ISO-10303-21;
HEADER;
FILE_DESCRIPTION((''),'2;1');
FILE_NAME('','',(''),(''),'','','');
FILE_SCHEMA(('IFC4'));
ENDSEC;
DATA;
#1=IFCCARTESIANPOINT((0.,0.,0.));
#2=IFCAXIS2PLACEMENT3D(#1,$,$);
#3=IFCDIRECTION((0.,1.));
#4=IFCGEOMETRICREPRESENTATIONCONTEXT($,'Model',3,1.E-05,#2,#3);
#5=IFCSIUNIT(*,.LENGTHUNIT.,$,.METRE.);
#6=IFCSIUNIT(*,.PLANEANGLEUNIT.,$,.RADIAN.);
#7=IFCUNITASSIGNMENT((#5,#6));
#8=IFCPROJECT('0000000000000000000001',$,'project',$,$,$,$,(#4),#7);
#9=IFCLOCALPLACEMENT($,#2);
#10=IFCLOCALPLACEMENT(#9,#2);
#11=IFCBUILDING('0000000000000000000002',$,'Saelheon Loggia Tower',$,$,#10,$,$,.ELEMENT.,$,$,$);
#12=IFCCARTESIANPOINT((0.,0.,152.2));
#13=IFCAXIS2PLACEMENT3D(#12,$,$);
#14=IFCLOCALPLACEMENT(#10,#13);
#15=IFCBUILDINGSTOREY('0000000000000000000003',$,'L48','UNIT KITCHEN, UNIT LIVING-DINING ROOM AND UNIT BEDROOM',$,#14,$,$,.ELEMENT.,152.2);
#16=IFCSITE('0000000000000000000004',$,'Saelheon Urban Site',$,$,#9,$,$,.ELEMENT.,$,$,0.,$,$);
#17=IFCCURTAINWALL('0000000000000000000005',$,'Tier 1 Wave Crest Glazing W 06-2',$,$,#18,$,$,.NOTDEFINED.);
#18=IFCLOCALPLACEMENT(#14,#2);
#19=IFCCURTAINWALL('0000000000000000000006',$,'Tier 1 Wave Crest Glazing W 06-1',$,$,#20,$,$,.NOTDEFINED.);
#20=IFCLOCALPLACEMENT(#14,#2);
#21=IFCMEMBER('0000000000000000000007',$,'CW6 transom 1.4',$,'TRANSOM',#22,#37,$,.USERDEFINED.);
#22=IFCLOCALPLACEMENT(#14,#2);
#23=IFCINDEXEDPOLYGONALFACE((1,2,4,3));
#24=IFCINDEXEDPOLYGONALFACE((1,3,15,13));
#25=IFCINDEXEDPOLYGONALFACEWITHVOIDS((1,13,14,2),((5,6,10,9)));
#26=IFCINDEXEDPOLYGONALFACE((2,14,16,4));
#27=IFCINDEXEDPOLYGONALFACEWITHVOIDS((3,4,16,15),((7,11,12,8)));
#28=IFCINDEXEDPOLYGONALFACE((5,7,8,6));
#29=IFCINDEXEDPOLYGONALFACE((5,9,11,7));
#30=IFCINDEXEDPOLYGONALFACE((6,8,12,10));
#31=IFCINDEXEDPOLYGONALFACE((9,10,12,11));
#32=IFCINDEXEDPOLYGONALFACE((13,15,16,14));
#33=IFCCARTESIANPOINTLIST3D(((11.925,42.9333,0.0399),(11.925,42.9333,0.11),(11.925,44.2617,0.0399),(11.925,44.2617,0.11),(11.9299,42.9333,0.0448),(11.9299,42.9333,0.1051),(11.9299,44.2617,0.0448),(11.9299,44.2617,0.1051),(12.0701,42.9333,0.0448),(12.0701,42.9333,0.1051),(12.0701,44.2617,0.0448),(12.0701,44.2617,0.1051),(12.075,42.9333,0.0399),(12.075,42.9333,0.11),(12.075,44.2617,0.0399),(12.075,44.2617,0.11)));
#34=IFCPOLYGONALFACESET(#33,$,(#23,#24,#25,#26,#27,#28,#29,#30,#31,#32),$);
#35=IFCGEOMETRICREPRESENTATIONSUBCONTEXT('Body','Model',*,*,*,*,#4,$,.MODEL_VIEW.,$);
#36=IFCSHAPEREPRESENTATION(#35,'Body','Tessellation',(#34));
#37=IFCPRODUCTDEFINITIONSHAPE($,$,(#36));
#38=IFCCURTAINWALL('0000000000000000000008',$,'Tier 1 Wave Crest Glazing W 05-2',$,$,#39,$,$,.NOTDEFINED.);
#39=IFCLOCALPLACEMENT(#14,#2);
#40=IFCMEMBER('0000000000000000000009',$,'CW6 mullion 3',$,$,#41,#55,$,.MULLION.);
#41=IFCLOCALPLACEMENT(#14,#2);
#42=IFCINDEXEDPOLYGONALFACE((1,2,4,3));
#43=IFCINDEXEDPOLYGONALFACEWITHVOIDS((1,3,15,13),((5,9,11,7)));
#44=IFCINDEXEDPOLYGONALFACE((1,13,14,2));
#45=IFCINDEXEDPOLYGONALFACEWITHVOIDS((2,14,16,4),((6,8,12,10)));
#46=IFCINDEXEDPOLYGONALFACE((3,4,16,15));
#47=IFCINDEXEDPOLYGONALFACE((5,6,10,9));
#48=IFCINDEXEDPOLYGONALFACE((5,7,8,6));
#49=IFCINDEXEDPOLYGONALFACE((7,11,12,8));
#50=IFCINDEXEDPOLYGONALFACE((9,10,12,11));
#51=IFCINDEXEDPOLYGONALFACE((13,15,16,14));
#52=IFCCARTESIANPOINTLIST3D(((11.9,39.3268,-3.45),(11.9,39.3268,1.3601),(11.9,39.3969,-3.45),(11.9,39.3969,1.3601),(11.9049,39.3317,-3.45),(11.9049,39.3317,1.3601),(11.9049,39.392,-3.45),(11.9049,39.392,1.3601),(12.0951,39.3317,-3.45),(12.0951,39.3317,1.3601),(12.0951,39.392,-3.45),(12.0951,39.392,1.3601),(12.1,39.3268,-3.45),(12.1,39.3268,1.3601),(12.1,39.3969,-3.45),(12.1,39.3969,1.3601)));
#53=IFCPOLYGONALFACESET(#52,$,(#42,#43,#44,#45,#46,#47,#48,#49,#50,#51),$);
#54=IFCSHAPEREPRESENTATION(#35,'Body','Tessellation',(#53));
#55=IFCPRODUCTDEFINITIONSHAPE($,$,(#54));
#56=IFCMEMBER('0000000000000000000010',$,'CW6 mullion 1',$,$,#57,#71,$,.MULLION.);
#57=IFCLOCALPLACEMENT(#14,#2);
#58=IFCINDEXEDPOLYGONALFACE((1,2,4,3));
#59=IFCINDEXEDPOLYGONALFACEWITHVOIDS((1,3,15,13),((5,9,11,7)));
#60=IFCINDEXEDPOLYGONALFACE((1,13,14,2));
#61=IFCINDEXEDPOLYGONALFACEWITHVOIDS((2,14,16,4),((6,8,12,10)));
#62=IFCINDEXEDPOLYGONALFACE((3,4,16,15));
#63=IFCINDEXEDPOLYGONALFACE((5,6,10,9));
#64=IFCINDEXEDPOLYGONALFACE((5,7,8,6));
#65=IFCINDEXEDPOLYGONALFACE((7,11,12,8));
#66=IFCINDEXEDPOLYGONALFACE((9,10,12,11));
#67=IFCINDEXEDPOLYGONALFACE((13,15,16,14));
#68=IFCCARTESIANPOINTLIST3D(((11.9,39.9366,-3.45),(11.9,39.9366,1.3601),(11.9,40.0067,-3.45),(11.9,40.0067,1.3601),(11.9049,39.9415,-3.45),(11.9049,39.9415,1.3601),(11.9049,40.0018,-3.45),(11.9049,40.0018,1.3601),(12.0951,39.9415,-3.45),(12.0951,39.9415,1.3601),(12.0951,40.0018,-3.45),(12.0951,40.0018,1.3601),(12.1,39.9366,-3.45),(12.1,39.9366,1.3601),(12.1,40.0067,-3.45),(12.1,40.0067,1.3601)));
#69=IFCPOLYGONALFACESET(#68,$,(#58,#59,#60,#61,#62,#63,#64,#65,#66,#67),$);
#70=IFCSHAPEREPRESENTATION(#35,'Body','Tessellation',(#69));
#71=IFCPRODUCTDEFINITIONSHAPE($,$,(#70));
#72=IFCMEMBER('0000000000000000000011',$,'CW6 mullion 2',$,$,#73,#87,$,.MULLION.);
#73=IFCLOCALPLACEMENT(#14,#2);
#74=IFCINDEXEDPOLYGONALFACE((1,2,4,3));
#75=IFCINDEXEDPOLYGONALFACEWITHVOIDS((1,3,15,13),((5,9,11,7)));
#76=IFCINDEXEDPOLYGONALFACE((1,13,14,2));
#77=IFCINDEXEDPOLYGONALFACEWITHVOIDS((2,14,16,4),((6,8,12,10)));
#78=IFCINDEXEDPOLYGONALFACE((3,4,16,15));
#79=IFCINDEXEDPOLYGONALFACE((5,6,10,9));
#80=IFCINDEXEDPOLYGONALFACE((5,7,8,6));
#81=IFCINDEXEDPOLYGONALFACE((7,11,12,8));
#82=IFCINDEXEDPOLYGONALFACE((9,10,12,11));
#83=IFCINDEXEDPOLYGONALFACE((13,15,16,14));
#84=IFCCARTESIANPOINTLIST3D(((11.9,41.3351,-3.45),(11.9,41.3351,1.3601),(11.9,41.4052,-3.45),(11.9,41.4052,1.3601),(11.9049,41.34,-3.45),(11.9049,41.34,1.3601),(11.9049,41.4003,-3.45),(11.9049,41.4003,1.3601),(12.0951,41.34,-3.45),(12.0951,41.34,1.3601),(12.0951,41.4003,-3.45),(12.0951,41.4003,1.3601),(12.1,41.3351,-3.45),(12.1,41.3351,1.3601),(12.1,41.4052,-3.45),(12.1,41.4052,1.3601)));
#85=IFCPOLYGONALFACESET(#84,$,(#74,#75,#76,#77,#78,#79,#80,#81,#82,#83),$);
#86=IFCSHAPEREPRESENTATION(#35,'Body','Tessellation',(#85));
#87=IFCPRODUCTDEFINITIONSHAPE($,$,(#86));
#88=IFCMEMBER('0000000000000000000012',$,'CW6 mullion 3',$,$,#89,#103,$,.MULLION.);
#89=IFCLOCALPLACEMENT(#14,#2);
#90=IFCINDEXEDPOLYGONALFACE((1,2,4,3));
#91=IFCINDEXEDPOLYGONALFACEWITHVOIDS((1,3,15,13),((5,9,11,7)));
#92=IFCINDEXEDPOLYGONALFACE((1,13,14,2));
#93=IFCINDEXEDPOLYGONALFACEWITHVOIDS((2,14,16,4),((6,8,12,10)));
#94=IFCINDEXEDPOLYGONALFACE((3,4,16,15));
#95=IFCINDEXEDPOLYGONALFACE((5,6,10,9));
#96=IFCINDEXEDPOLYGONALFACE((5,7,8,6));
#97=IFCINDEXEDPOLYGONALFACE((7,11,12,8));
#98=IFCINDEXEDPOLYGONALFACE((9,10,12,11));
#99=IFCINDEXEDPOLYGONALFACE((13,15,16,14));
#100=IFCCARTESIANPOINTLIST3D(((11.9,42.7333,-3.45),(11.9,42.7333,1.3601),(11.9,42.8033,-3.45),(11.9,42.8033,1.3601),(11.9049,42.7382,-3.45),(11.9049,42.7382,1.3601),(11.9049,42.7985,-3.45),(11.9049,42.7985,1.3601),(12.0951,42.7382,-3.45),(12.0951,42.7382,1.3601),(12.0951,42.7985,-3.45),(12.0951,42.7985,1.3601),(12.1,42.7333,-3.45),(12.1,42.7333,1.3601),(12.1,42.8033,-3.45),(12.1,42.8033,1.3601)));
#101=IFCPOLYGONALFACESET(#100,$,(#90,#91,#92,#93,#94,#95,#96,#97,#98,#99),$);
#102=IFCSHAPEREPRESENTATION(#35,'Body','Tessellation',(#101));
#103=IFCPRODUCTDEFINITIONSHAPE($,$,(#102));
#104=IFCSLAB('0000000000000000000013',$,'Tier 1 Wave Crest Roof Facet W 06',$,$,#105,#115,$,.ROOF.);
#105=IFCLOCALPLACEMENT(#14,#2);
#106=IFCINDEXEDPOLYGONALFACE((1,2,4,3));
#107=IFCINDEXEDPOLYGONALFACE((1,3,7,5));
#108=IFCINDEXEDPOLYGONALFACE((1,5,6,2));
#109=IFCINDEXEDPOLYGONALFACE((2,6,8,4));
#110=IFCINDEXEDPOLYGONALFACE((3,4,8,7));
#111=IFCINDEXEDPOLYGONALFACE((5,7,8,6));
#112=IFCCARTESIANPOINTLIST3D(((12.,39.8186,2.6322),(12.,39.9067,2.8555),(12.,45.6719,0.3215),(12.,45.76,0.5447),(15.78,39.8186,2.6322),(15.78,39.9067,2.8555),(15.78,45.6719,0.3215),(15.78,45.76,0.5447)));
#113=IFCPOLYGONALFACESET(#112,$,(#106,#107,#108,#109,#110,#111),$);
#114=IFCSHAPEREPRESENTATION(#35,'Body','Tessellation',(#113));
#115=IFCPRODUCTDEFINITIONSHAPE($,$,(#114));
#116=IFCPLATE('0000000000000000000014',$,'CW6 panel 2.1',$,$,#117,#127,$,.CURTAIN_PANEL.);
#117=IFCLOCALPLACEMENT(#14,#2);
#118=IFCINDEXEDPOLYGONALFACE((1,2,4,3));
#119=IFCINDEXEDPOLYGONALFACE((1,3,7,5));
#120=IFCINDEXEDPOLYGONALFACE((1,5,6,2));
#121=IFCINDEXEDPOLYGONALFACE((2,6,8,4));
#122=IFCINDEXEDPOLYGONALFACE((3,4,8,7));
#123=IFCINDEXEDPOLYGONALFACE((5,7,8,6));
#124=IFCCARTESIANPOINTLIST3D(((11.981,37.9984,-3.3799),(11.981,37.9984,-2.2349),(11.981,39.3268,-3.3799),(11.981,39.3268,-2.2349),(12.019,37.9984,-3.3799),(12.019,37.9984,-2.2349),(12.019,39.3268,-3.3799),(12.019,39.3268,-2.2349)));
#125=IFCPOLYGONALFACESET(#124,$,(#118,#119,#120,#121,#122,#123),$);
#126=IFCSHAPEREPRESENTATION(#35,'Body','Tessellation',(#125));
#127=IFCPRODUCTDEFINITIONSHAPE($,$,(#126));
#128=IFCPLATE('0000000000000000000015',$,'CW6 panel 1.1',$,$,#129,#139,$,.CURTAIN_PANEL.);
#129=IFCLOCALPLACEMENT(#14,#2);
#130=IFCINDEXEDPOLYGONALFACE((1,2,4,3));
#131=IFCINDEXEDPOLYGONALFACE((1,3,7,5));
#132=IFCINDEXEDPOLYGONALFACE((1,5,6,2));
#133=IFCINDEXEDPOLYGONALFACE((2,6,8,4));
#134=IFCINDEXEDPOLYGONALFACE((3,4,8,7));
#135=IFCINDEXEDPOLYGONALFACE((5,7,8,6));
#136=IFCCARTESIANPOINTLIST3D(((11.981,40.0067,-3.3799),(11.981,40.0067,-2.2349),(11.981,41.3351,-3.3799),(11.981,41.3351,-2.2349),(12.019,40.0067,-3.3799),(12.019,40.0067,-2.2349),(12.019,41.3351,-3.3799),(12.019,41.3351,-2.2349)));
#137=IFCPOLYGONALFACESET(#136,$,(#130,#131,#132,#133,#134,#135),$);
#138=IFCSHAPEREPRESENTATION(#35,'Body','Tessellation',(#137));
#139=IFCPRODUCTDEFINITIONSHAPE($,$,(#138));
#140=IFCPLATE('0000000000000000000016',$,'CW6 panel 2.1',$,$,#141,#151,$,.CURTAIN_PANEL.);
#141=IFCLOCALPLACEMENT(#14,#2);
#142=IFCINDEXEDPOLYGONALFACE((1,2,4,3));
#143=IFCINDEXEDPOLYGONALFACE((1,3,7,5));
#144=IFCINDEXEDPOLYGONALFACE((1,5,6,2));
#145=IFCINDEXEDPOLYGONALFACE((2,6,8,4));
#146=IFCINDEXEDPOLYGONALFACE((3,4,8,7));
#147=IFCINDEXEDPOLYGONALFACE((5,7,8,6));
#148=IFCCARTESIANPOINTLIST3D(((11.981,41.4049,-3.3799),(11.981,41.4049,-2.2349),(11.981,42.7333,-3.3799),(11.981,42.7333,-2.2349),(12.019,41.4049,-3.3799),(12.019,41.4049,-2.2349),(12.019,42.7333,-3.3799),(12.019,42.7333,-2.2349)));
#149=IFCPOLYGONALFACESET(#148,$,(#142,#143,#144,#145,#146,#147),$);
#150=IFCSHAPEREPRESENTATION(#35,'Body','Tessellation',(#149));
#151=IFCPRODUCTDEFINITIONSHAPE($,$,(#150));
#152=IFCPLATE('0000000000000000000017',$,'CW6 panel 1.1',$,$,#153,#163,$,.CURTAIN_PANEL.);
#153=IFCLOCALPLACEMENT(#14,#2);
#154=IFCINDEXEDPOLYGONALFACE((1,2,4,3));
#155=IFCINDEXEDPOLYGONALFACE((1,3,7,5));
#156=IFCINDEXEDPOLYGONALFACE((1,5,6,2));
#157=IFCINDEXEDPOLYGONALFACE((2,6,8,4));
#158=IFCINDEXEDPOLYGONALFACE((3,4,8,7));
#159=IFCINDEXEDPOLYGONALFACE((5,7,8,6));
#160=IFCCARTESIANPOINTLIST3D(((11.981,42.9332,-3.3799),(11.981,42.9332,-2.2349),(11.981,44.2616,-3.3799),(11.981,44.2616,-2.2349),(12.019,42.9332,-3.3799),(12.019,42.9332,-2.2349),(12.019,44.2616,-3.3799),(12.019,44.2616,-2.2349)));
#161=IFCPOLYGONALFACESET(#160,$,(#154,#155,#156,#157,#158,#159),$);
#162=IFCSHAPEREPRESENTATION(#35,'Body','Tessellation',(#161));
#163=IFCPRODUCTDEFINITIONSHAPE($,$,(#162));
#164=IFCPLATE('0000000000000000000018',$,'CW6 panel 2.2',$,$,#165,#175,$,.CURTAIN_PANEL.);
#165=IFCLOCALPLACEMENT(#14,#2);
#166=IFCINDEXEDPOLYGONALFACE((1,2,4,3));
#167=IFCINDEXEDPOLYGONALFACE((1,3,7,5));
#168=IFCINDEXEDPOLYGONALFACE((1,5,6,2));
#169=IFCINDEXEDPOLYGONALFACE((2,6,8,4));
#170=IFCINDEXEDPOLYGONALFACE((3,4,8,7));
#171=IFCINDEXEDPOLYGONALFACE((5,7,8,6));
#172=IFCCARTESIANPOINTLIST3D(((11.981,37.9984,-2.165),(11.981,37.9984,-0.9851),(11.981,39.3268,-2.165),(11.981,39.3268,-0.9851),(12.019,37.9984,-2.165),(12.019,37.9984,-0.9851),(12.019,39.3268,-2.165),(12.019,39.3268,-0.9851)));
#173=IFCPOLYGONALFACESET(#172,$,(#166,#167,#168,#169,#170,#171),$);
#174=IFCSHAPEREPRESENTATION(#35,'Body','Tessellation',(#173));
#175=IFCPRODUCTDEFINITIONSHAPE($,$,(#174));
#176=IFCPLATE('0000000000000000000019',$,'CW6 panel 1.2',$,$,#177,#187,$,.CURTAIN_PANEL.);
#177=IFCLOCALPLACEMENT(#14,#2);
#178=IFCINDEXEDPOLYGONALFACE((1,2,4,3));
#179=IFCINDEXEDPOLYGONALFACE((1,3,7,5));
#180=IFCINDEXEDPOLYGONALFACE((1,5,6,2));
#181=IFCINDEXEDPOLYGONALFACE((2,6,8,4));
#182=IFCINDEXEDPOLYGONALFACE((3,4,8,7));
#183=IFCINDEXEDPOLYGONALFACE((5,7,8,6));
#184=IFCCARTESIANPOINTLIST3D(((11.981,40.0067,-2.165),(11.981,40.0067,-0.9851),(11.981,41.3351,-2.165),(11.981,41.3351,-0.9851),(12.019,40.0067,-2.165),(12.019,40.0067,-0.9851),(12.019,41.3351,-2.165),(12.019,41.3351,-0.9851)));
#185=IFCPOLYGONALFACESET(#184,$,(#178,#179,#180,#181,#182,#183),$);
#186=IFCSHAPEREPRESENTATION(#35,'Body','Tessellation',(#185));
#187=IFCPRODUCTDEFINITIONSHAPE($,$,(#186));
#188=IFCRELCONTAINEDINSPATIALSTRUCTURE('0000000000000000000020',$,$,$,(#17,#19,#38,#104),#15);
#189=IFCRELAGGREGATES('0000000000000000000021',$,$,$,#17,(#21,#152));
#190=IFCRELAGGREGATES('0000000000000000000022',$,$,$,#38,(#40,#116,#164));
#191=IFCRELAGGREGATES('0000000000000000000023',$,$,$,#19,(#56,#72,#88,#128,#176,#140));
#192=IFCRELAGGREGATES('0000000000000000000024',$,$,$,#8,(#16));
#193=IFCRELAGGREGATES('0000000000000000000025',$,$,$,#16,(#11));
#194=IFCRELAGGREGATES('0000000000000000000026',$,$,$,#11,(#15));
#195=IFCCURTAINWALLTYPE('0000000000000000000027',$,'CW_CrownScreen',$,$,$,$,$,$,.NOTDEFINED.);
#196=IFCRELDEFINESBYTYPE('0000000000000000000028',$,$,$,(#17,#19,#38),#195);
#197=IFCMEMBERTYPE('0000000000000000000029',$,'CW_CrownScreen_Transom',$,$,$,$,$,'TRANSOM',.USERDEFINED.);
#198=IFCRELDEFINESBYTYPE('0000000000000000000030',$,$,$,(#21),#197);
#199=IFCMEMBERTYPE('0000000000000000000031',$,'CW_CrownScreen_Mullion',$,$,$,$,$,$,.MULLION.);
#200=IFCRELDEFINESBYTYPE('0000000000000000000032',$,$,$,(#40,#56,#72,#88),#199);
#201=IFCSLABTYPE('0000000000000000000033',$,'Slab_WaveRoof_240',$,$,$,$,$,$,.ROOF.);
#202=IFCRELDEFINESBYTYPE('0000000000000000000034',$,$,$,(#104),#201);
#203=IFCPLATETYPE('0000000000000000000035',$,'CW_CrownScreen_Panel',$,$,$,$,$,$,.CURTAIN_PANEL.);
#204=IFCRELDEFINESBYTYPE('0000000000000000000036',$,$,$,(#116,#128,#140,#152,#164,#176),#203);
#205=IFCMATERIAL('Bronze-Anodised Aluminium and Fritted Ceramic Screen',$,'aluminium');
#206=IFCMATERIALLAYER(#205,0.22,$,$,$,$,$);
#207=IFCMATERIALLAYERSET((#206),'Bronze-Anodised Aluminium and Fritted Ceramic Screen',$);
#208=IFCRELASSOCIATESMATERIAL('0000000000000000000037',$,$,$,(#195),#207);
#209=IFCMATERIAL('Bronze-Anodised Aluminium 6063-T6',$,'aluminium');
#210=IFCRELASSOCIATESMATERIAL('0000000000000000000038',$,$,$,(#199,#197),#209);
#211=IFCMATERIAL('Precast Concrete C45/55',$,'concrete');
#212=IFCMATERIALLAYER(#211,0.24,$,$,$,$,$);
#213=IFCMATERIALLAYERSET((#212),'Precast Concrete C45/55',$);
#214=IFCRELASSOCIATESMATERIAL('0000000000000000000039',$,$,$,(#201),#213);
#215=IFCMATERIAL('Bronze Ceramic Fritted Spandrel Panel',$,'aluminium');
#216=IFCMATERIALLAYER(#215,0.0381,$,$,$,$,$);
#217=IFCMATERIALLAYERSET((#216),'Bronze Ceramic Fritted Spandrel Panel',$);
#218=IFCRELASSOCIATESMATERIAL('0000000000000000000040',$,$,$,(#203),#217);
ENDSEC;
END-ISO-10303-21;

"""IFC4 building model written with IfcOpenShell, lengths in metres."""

from ifc_helpers import new_model, si_unit, direction, frame, origin, origin_2d, place, context, subcontext, project, spatial, polyline, rectangle, hollow_rectangle, outline, extrude, source, transform, mapped, material, layer, layer_set, material_profile, profile_set, type_object, element, aggregate, save


model = new_model("IFC4")

# Units and contexts
model_context = context("Model", 3, precision=1e-05, world=origin(), true_north=direction((0.0, 1.0)))
body_context = subcontext(model_context, "Body", "Model", "MODEL_VIEW")
ifc_project = project(units=[si_unit("LENGTHUNIT", "METRE"), si_unit("PLANEANGLEUNIT", "RADIAN")], contexts=[model_context])

# Site, building, storey
site_placement = place(None, origin())
site = spatial("IfcSite", under=ifc_project, at=site_placement, Name="Saelheon Urban Site", CompositionType="ELEMENT", RefElevation=0.0)
building_placement = place(site_placement, origin())
building = spatial("IfcBuilding", under=site, at=building_placement, Name="Saelheon Loggia Tower", CompositionType="ELEMENT")
storey_placement = place(building_placement, frame((0.0, 0.0, 152.2)))
storey = spatial("IfcBuildingStorey", under=building, at=storey_placement, Name="L48", Description="UNIT KITCHEN, UNIT LIVING-DINING ROOM AND UNIT BEDROOM", CompositionType="ELEMENT", Elevation=152.2)

# Curtain wall
ifc_material_1 = material(Name="Bronze-Anodised Aluminium and Fritted Ceramic Screen", Category="aluminium")
ifc_layer_1 = layer(ifc_material_1, 0.22)
ifc_layer_set_1 = layer_set([ifc_layer_1], Name="Bronze-Anodised Aluminium and Fritted Ceramic Screen")
curtain_wall_type = type_object("IfcCurtainWallType", Name="CW_CrownScreen", PredefinedType="NOTDEFINED", material=ifc_layer_set_1)
curtain_wall_1_placement = place(storey_placement, origin())
curtain_wall_1 = element("IfcCurtainWall", 1, at=curtain_wall_1_placement, inside=storey, type_object=curtain_wall_type, Name="Tier 1 Wave Crest Glazing W 06-2", PredefinedType="NOTDEFINED")
ifc_material_2 = material(Name="Bronze-Anodised Aluminium 6063-T6", Category="aluminium")
ifc_material_profile_1 = material_profile(ifc_material_2, hollow_rectangle(XDim=0.0701, YDim=0.2, WallThickness=0.0049, at=origin_2d()), Name="RHS-200x70x5")
ifc_profile_set_1 = profile_set([ifc_material_profile_1], Name="Bronze-Anodised Aluminium 6063-T6")
member_type_1 = type_object("IfcMemberType", Name="CW_CrownScreen_Mullion", PredefinedType="MULLION", material=ifc_profile_set_1)

# Curtain wall
curtain_wall_2_placement = place(storey_placement, origin())
curtain_wall_2 = element("IfcCurtainWall", 2, at=curtain_wall_2_placement, inside=storey, type_object=curtain_wall_type, Name="Tier 1 Wave Crest Glazing W 06-1", PredefinedType="NOTDEFINED")
ifc_material_profile_2 = material_profile(ifc_material_2, hollow_rectangle(XDim=0.0701, YDim=0.1499, WallThickness=0.0049, at=origin_2d()), Name="RHS-150x70x5")
ifc_profile_set_2 = profile_set([ifc_material_profile_2], Name="Bronze-Anodised Aluminium 6063-T6")
member_type_2 = type_object("IfcMemberType", Name="CW_CrownScreen_Transom", ElementType="TRANSOM", PredefinedType="USERDEFINED", material=ifc_profile_set_2)
shared_shape_1 = source(origin(), body_context, "Body", "SweptSolid", [
    extrude(hollow_rectangle(XDim=0.0701, YDim=0.1499, WallThickness=0.0049, at=origin_2d()), origin(), (0.0, 0.0, 1.0), 1.3284),
])

# Member
member_1_placement = place(storey_placement, frame((12.0, 42.9333, 0.075), z_axis=(0.0, 1.0, 0.0), x_axis=(0.0, 0.0, 1.0)))
member_1 = element("IfcMember", 3, at=member_1_placement, type_object=member_type_2, Name="CW6 transom 1.4", ObjectType="TRANSOM", PredefinedType="USERDEFINED", context=body_context, shape_type="MappedRepresentation", body=[
    mapped(shared_shape_1, transform((0.0, 0.0, 0.0), scale=1.0)),
])

# Curtain wall, member
curtain_wall_3_placement = place(storey_placement, origin())
curtain_wall_3 = element("IfcCurtainWall", 4, at=curtain_wall_3_placement, inside=storey, type_object=curtain_wall_type, Name="Tier 1 Wave Crest Glazing W 05-2", PredefinedType="NOTDEFINED")
shared_shape_2 = source(origin(), body_context, "Body", "SweptSolid", [
    extrude(hollow_rectangle(XDim=0.0701, YDim=0.2, WallThickness=0.0049, at=origin_2d()), origin(), (0.0, 0.0, 1.0), 4.8101),
])
member_2_placement = place(storey_placement, frame((12.0, 39.3618, -3.45), z_axis=(0.0, 0.0, 1.0), x_axis=(0.0, 1.0, 0.0)))
member_2 = element("IfcMember", 5, at=member_2_placement, type_object=member_type_1, Name="CW6 mullion 3", PredefinedType="MULLION", context=body_context, shape_type="MappedRepresentation", body=[
    mapped(shared_shape_2, transform((0.0, 0.0, 0.0), scale=1.0)),
])

# Members
member_3_placement = place(storey_placement, frame((12.0, 39.9717, -3.45), z_axis=(0.0, 0.0, 1.0), x_axis=(0.0, 1.0, 0.0)))
member_3 = element("IfcMember", 6, at=member_3_placement, type_object=member_type_1, Name="CW6 mullion 1", PredefinedType="MULLION", context=body_context, shape_type="MappedRepresentation", body=[
    mapped(shared_shape_2, transform((0.0, 0.0, 0.0), scale=1.0)),
])
member_4_placement = place(storey_placement, frame((12.0, 41.3701, -3.45), z_axis=(0.0, 0.0, 1.0), x_axis=(0.0, 1.0, 0.0)))
member_4 = element("IfcMember", 7, at=member_4_placement, type_object=member_type_1, Name="CW6 mullion 2", PredefinedType="MULLION", context=body_context, shape_type="MappedRepresentation", body=[
    mapped(shared_shape_2, transform((0.0, 0.0, 0.0), scale=1.0)),
])
member_5_placement = place(storey_placement, frame((12.0, 42.7683, -3.45), z_axis=(0.0, 0.0, 1.0), x_axis=(0.0, 1.0, 0.0)))
member_5 = element("IfcMember", 8, at=member_5_placement, type_object=member_type_1, Name="CW6 mullion 3", PredefinedType="MULLION", context=body_context, shape_type="MappedRepresentation", body=[
    mapped(shared_shape_2, transform((0.0, 0.0, 0.0), scale=1.0)),
])

# Slab
ifc_material_3 = material(Name="Precast Concrete C45/55", Category="concrete")
ifc_layer_2 = layer(ifc_material_3, 0.24)
ifc_layer_set_2 = layer_set([ifc_layer_2], Name="Precast Concrete C45/55")
slab_type = type_object("IfcSlabType", Name="Slab_WaveRoof_240", PredefinedType="ROOF", material=ifc_layer_set_2)
slab_placement = place(storey_placement, frame((12.0, 39.9067, 2.8555), z_axis=(0.0, 0.367206, 0.93014), x_axis=(1.0, 0.0, 0.0)))
element("IfcSlab", 9, at=slab_placement, inside=storey, type_object=slab_type, Name="Tier 1 Wave Crest Roof Facet W 06", PredefinedType="ROOF", context=body_context, shape_type="SweptSolid", body=[
    extrude(outline(polyline([(0.0, 0.0), (3.78, 0.0), (3.78, 6.2929), (0.0, 6.2929), (0.0, 0.0)])), origin(), (0.0, 0.0, -1.0), 0.24),
])

# Plates
ifc_material_4 = material(Name="Bronze Ceramic Fritted Spandrel Panel", Category="aluminium")
ifc_layer_3 = layer(ifc_material_4, 0.0381)
ifc_layer_set_3 = layer_set([ifc_layer_3], Name="Bronze Ceramic Fritted Spandrel Panel")
plate_type = type_object("IfcPlateType", Name="CW_CrownScreen_Panel", PredefinedType="CURTAIN_PANEL", material=ifc_layer_set_3)
shared_shape_3 = source(origin(), body_context, "Body", "SweptSolid", [
    extrude(rectangle(XDim=1.3284, YDim=0.0381, at=origin_2d()), origin(), (0.0, 0.0, 1.0), 1.145),
])
plate_1_placement = place(storey_placement, frame((12.0, 38.6626, -3.3799), z_axis=(0.0, 0.0, 1.0), x_axis=(0.0, 1.0, 0.0)))
plate_1 = element("IfcPlate", 10, at=plate_1_placement, type_object=plate_type, Name="CW6 panel 2.1", PredefinedType="CURTAIN_PANEL", context=body_context, shape_type="MappedRepresentation", body=[
    mapped(shared_shape_3, transform((0.0, 0.0, 0.0), scale=1.0)),
])
plate_2_placement = place(storey_placement, frame((12.0, 40.6709, -3.3799), z_axis=(0.0, 0.0, 1.0), x_axis=(0.0, 1.0, 0.0)))
plate_2 = element("IfcPlate", 11, at=plate_2_placement, type_object=plate_type, Name="CW6 panel 1.1", PredefinedType="CURTAIN_PANEL", context=body_context, shape_type="MappedRepresentation", body=[
    mapped(shared_shape_3, transform((0.0, 0.0, 0.0), scale=1.0)),
])
plate_3_placement = place(storey_placement, frame((12.0, 42.0691, -3.3799), z_axis=(0.0, 0.0, 1.0), x_axis=(0.0, 1.0, 0.0)))
plate_3 = element("IfcPlate", 12, at=plate_3_placement, type_object=plate_type, Name="CW6 panel 2.1", PredefinedType="CURTAIN_PANEL", context=body_context, shape_type="MappedRepresentation", body=[
    mapped(shared_shape_3, transform((0.0, 0.0, 0.0), scale=1.0)),
])
plate_4_placement = place(storey_placement, frame((12.0, 43.5974, -3.3799), z_axis=(0.0, 0.0, 1.0), x_axis=(0.0, 1.0, 0.0)))
plate_4 = element("IfcPlate", 13, at=plate_4_placement, type_object=plate_type, Name="CW6 panel 1.1", PredefinedType="CURTAIN_PANEL", context=body_context, shape_type="MappedRepresentation", body=[
    mapped(shared_shape_3, transform((0.0, 0.0, 0.0), scale=1.0)),
])
aggregate(curtain_wall_1, [member_1, plate_4])
shared_shape_4 = source(origin(), body_context, "Body", "SweptSolid", [
    extrude(rectangle(XDim=1.3284, YDim=0.0381, at=origin_2d()), origin(), (0.0, 0.0, 1.0), 1.1799),
])
plate_5_placement = place(storey_placement, frame((12.0, 38.6626, -2.165), z_axis=(0.0, 0.0, 1.0), x_axis=(0.0, 1.0, 0.0)))
plate_5 = element("IfcPlate", 14, at=plate_5_placement, type_object=plate_type, Name="CW6 panel 2.2", PredefinedType="CURTAIN_PANEL", context=body_context, shape_type="MappedRepresentation", body=[
    mapped(shared_shape_4, transform((0.0, 0.0, 0.0), scale=1.0)),
])
plate_6_placement = place(storey_placement, frame((12.0, 40.6709, -2.165), z_axis=(0.0, 0.0, 1.0), x_axis=(0.0, 1.0, 0.0)))
plate_6 = element("IfcPlate", 15, at=plate_6_placement, type_object=plate_type, Name="CW6 panel 1.2", PredefinedType="CURTAIN_PANEL", context=body_context, shape_type="MappedRepresentation", body=[
    mapped(shared_shape_4, transform((0.0, 0.0, 0.0), scale=1.0)),
])
aggregate(curtain_wall_3, [member_2, plate_1, plate_5])
aggregate(curtain_wall_2, [member_3, member_4, member_5, plate_2, plate_6, plate_3])

save(model, "model.ifc")
